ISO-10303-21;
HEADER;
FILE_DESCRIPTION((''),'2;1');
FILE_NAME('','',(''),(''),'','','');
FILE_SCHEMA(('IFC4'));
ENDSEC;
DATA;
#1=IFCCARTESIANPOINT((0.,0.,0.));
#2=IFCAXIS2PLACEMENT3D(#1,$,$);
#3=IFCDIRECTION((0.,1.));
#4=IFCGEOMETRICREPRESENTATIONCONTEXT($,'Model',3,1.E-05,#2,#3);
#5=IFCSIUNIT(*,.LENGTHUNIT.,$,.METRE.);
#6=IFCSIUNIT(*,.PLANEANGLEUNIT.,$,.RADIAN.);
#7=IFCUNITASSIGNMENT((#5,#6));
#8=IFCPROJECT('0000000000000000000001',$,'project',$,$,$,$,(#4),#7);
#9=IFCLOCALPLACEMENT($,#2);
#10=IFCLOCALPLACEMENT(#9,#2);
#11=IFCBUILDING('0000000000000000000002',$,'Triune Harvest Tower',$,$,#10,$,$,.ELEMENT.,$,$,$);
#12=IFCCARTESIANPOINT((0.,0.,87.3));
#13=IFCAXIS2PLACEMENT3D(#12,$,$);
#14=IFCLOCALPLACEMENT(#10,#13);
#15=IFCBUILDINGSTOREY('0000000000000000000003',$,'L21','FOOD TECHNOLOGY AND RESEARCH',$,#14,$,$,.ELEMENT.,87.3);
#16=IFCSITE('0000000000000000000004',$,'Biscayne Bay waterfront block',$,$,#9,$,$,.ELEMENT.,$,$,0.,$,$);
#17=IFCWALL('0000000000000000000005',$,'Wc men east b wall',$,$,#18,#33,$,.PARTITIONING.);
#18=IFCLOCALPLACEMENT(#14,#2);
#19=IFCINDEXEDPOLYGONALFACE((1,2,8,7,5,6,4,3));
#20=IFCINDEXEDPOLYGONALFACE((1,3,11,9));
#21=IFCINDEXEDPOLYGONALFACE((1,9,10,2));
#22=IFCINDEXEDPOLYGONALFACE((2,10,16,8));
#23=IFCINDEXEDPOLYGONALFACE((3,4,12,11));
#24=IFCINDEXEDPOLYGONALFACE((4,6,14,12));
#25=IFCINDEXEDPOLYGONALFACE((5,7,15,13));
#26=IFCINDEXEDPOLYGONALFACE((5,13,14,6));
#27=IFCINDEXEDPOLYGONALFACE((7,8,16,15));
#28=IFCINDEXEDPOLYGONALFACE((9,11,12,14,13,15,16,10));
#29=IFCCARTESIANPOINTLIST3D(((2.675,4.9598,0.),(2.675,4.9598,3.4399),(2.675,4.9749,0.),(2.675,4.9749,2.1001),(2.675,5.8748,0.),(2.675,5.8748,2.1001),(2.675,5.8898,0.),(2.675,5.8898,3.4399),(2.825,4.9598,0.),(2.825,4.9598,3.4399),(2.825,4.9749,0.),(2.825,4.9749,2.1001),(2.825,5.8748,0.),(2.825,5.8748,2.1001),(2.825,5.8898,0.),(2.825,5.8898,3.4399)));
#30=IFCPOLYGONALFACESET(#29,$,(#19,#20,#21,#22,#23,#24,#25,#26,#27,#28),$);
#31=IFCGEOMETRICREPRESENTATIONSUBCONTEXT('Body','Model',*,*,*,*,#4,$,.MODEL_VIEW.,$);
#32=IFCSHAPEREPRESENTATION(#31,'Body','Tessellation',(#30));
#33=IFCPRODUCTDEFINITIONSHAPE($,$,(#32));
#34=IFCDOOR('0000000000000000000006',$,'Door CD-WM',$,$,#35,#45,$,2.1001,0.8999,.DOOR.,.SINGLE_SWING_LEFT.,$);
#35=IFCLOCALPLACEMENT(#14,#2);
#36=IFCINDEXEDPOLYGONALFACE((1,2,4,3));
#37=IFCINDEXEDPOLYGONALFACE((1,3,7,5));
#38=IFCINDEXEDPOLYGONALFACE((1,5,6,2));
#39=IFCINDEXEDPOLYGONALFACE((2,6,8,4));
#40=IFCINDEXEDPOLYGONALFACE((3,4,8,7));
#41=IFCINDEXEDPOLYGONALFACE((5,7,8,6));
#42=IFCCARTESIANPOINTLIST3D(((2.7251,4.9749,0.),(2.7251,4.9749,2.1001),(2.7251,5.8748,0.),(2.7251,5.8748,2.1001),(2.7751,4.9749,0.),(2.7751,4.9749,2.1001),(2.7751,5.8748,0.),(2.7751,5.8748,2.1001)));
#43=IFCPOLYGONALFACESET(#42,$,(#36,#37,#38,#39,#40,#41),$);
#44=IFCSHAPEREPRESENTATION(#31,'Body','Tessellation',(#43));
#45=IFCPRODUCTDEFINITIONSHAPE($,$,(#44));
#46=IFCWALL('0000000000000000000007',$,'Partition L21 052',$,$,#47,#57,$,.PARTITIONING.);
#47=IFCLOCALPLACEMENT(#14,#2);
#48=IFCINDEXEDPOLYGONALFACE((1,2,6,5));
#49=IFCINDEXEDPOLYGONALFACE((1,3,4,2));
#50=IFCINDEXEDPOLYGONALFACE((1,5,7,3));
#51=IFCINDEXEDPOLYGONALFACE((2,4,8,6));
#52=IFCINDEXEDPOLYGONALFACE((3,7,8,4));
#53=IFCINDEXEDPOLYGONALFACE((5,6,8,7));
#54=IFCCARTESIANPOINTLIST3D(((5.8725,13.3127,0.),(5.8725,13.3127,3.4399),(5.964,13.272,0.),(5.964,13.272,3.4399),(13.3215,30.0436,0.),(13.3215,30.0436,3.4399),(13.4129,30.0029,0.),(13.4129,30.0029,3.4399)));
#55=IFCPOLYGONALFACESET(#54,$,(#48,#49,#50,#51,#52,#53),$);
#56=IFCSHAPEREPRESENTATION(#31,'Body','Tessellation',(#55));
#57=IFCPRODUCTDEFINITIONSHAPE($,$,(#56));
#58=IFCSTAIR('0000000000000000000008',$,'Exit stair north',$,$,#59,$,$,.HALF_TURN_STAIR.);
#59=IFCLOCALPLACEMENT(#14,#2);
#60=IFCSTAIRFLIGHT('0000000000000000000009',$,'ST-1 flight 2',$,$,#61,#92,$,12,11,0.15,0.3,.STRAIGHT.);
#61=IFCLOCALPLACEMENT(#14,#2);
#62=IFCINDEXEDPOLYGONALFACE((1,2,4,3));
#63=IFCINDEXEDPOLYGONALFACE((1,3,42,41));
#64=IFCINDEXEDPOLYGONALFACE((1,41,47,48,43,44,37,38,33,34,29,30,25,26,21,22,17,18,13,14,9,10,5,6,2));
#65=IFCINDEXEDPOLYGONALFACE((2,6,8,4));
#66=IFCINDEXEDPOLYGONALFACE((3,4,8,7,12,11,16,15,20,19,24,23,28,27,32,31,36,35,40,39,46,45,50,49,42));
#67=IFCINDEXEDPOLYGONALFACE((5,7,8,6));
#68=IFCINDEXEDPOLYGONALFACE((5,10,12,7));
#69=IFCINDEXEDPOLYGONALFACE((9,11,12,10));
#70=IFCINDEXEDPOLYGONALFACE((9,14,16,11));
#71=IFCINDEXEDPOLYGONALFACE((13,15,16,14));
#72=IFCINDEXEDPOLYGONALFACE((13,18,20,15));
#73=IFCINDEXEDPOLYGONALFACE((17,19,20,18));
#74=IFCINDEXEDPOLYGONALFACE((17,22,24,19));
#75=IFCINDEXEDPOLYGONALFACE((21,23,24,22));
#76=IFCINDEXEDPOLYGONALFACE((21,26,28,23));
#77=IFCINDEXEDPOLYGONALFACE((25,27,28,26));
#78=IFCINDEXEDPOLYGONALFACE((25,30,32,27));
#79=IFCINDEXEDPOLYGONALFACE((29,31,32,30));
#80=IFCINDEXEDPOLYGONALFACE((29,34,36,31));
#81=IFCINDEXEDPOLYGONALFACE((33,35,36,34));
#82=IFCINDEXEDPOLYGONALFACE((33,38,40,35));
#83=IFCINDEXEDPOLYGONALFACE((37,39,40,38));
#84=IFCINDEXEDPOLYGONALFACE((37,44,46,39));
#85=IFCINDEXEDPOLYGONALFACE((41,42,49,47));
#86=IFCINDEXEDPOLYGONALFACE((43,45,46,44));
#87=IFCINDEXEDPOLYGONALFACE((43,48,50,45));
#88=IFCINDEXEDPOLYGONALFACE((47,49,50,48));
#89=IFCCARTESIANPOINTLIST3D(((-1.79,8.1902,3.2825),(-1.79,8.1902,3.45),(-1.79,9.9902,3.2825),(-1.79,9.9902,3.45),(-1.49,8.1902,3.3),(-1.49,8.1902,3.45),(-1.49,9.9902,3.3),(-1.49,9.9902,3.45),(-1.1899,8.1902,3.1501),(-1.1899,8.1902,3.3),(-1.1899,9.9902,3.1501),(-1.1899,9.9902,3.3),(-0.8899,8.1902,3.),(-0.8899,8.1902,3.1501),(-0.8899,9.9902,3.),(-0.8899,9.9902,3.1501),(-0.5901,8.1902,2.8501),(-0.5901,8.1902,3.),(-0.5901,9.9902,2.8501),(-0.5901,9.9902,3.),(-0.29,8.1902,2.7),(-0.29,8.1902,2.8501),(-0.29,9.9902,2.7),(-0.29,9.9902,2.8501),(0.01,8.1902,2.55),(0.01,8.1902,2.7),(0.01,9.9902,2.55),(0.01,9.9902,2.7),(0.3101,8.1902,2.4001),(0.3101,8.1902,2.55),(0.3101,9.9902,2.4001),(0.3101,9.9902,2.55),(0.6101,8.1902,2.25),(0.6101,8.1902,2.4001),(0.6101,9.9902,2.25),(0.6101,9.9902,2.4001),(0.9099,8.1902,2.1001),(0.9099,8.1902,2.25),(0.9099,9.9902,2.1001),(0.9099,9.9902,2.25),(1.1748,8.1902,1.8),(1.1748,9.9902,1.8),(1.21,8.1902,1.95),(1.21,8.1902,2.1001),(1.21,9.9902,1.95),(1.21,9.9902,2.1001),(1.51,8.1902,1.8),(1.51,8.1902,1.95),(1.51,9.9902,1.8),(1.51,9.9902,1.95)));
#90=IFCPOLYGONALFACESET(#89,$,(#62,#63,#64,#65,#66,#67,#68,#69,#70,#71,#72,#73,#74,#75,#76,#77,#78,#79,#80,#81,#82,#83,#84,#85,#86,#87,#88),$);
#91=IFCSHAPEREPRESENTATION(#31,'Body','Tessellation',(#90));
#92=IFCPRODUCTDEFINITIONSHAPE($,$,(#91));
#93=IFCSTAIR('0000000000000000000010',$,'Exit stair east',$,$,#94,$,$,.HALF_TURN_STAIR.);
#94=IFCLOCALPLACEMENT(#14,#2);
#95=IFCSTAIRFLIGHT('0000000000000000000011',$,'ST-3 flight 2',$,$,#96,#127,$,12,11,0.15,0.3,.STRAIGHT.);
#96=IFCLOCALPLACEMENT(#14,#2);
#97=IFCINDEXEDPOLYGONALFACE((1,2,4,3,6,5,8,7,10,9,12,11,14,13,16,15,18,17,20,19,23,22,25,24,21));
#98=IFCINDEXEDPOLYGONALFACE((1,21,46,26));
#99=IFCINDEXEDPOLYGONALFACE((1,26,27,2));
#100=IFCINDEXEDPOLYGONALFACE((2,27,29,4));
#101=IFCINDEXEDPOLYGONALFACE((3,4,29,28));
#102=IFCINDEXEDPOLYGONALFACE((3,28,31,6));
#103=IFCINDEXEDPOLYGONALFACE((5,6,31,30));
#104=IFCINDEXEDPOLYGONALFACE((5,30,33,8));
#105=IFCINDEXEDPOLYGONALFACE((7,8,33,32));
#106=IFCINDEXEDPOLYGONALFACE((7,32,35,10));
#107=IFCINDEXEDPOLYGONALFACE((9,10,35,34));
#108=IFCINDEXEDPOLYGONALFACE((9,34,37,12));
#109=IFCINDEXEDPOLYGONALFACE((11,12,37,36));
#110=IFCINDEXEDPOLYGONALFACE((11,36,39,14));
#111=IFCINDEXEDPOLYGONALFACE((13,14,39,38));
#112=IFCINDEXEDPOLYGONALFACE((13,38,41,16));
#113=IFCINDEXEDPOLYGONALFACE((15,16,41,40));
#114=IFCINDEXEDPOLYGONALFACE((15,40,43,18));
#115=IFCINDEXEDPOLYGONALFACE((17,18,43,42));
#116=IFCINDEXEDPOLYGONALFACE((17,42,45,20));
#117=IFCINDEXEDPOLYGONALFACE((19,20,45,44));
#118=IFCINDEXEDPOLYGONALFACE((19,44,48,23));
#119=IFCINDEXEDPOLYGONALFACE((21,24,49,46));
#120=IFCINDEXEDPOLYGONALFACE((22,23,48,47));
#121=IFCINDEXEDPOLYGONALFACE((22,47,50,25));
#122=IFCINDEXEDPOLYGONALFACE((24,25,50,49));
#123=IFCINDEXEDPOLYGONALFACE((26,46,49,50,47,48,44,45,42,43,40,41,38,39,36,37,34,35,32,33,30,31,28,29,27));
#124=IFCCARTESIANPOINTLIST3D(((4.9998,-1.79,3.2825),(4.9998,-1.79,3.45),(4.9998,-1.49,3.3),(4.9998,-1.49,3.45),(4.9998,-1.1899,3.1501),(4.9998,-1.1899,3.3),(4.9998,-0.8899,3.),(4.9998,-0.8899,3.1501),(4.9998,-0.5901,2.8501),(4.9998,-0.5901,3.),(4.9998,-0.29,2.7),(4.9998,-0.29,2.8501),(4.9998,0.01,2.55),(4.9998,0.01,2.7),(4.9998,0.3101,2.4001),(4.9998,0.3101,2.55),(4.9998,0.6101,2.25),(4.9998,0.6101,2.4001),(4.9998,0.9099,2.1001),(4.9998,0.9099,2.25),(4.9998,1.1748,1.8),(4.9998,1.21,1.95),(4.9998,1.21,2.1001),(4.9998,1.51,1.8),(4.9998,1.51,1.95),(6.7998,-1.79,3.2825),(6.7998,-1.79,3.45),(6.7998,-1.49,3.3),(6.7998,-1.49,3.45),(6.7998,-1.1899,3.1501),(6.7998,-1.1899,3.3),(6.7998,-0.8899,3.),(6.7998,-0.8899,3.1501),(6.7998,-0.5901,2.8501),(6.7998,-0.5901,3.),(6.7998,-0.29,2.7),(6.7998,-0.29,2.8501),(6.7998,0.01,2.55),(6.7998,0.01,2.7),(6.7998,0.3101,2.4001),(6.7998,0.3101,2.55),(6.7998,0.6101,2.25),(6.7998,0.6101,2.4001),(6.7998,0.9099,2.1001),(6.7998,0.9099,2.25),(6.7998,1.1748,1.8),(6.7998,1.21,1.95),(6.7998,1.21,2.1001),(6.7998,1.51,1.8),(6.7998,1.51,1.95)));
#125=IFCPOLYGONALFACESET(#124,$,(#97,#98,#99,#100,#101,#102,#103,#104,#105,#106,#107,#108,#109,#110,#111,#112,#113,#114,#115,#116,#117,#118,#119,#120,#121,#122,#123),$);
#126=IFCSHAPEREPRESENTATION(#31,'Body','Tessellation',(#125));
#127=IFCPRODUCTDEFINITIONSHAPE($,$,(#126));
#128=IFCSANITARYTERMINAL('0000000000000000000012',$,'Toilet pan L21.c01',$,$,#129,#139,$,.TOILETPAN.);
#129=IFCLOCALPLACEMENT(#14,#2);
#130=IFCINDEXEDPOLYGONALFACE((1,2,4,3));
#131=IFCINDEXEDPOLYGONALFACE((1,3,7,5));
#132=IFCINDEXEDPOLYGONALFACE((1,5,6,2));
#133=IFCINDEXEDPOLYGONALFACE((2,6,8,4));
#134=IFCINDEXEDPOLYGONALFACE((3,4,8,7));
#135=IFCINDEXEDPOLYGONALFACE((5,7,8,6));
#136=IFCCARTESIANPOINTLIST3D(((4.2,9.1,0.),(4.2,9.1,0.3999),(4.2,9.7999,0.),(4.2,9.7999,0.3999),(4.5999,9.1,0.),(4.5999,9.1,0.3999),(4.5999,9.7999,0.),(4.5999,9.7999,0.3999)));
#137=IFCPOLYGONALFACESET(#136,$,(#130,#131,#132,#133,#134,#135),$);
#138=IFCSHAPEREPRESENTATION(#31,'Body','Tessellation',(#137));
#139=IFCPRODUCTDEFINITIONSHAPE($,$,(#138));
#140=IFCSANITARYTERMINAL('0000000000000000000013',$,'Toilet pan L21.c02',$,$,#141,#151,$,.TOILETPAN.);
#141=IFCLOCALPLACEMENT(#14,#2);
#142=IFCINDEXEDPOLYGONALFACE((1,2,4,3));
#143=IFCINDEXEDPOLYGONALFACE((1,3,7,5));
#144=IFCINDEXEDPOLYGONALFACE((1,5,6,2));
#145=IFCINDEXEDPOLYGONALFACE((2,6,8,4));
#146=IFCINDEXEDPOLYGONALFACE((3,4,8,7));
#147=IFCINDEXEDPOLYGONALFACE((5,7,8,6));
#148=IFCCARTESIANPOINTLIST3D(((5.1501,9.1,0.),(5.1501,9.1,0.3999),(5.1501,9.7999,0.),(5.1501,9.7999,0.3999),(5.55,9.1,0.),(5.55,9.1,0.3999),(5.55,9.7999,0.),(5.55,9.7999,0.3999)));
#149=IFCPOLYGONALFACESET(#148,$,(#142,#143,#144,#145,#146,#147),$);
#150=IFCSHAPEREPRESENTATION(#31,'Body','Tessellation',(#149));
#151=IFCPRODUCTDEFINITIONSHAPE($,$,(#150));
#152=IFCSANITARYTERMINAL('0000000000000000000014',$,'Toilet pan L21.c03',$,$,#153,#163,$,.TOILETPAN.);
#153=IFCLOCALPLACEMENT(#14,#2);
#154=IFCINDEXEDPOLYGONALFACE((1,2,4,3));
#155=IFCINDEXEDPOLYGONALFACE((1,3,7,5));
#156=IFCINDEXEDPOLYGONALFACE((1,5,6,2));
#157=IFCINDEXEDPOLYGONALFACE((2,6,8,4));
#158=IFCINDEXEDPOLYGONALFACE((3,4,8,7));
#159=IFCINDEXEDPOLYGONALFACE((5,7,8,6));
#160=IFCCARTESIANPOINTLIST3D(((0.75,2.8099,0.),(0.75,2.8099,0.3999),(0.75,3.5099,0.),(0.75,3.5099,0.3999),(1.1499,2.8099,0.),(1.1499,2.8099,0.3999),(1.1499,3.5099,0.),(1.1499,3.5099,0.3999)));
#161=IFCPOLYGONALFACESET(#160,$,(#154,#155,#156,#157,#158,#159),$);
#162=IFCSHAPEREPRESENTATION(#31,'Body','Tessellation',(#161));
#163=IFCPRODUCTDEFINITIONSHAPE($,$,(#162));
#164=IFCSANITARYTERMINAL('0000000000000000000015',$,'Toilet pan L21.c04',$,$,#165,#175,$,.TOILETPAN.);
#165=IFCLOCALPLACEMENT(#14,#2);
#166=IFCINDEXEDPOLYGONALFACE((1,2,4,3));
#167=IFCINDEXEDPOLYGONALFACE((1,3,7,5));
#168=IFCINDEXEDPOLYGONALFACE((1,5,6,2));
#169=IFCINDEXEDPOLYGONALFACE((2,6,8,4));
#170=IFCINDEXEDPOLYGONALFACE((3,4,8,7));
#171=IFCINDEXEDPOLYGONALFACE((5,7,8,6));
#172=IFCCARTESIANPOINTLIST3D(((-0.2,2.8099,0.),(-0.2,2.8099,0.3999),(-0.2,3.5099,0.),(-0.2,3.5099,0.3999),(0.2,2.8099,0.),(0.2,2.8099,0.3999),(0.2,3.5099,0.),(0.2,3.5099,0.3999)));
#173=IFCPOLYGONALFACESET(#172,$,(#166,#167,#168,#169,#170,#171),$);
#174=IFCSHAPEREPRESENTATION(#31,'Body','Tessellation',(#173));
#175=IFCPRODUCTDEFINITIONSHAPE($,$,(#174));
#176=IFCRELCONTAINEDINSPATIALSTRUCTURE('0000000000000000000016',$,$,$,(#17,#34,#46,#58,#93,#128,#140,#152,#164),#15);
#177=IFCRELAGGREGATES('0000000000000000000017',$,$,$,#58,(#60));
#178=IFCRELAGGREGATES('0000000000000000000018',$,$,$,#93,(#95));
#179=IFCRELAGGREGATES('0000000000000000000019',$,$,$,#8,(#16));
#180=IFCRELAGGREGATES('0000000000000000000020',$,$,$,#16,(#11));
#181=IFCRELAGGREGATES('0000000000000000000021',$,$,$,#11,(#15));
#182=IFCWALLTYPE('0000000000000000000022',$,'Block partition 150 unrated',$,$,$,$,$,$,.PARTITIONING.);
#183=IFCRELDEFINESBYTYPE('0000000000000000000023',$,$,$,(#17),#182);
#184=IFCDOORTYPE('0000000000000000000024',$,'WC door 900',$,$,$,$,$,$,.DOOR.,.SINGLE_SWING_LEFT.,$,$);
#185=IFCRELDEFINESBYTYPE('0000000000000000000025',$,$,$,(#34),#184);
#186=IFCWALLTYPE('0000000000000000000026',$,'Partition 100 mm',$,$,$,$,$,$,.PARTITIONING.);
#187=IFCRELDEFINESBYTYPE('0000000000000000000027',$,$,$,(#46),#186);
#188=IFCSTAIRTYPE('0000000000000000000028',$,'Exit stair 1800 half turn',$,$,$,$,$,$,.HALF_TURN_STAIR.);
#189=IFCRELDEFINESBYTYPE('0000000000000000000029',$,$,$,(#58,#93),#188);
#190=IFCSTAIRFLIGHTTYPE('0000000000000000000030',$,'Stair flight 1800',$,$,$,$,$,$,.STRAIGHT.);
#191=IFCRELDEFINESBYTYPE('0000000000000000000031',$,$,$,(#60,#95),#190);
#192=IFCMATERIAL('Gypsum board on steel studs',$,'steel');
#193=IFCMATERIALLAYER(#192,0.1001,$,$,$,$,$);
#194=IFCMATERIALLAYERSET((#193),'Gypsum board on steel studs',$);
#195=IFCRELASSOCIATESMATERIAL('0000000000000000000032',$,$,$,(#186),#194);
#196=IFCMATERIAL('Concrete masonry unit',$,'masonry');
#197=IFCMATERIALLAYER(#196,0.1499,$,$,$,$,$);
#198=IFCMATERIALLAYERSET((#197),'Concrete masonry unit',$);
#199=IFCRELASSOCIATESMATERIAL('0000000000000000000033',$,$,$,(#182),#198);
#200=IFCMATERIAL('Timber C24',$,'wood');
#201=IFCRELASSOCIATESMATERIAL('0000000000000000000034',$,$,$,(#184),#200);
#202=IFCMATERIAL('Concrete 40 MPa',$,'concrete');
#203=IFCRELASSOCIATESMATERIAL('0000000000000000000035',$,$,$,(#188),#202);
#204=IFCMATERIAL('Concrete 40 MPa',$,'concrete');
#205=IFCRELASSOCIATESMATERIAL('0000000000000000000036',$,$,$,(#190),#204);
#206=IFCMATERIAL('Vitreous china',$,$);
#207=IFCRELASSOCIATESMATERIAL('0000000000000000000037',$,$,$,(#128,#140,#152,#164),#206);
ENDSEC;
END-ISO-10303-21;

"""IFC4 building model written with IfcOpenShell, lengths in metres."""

from ifc_helpers import new_model, si_unit, direction, frame, frame_2d, origin, origin_2d, place, context, subcontext, project, spatial, polyline, rectangle, outline, extrude, source, transform, mapped, material, layer, layer_set, type_object, element, fill, aggregate, save


model = new_model("IFC4")

# Units and contexts
model_context = context("Model", 3, precision=1e-05, world=origin(), true_north=direction((0.0, 1.0)))
body_context = subcontext(model_context, "Body", "Model", "MODEL_VIEW")
ifc_project = project(units=[si_unit("LENGTHUNIT", "METRE"), si_unit("PLANEANGLEUNIT", "RADIAN")], contexts=[model_context])

# Site, building, storey
site_placement = place(None, origin())
site = spatial("IfcSite", under=ifc_project, at=site_placement, Name="Biscayne Bay waterfront block", CompositionType="ELEMENT", RefElevation=0.0)
building_placement = place(site_placement, origin())
building = spatial("IfcBuilding", under=site, at=building_placement, Name="Triune Harvest Tower", CompositionType="ELEMENT")
storey_placement = place(building_placement, frame((0.0, 0.0, 87.3)))
storey = spatial("IfcBuildingStorey", under=building, at=storey_placement, Name="L21", Description="FOOD TECHNOLOGY AND RESEARCH", CompositionType="ELEMENT", Elevation=87.3)

# Shared definitions
ifc_material_1 = material(Name="Gypsum board on steel studs", Category="steel")
ifc_layer_1 = layer(ifc_material_1, 0.1001)
ifc_layer_set_1 = layer_set([ifc_layer_1], Name="Gypsum board on steel studs")
wall_type_1 = type_object("IfcWallType", Name="Partition 100 mm", PredefinedType="PARTITIONING", material=ifc_layer_set_1)

# Wall, opening, door
ifc_material_2 = material(Name="Concrete masonry unit", Category="masonry")
ifc_layer_2 = layer(ifc_material_2, 0.1499)
ifc_layer_set_2 = layer_set([ifc_layer_2], Name="Concrete masonry unit")
wall_type_2 = type_object("IfcWallType", Name="Block partition 150 unrated", PredefinedType="PARTITIONING", material=ifc_layer_set_2)
ifc_material_3 = material(Name="Timber C24", Category="wood")
door_type_1 = type_object("IfcDoorType", Name="WC door 900", OperationType="SINGLE_SWING_LEFT", PredefinedType="DOOR", material=ifc_material_3)
shared_shape_1 = source(origin(), body_context, "Body", "SweptSolid", [
    extrude(rectangle(XDim=0.9299, YDim=0.1499, at=frame_2d((0.4648, 0.0))), origin(), (0.0, 0.0, 1.0), 3.4399),
])
wall_1_placement = place(storey_placement, frame((2.75, 4.96, 0.0), z_axis=(0.0, 0.0, 1.0), x_axis=(0.0, 1.0, 0.0)))
wall_1 = element("IfcWall", 1, at=wall_1_placement, inside=storey, type_object=wall_type_2, Name="Wc men east b wall", PredefinedType="PARTITIONING", context=body_context, shape_type="MappedRepresentation", body=[
    mapped(shared_shape_1, transform((0.0, 0.0, 0.0), scale=1.0)),
])
opening_1_placement = place(wall_1_placement, frame((0.0149, 0.0, 0.0)))
opening_1 = element("IfcOpeningElement", 2, at=opening_1_placement, cuts=wall_1, PredefinedType="OPENING", context=body_context, shape_type="SweptSolid", body=[
    extrude(rectangle(XDim=0.8999, YDim=2.1001, at=frame_2d((0.45, 1.05))), frame((0.0, 0.085, 0.0), z_axis=(0.0, -1.0, 0.0), x_axis=(1.0, 0.0, 0.0)), (0.0, 0.0, 1.0), 0.1699),
])
door_1_placement = place(opening_1_placement, origin())
door_1 = element("IfcDoor", 3, at=door_1_placement, inside=storey, type_object=door_type_1, Name="Door CD-WM", OperationType="SINGLE_SWING_LEFT", OverallHeight=2.1001, OverallWidth=0.8999, PredefinedType="DOOR", context=body_context, shape_type="SweptSolid", body=[
    extrude(rectangle(XDim=0.8999, YDim=2.1001, at=frame_2d((0.45, 1.05))), frame((0.0, 0.0249, 0.0), z_axis=(0.0, -1.0, 0.0), x_axis=(1.0, 0.0, 0.0)), (0.0, 0.0, 1.0), 0.05),
])
fill(opening_1, door_1)

# Wall
shared_shape_2 = source(origin(), body_context, "Body", "SweptSolid", [
    extrude(rectangle(XDim=18.3142, YDim=0.1001, at=frame_2d((9.1572, 0.0))), origin(), (0.0, 0.0, 1.0), 3.4399),
])
wall_2_placement = place(storey_placement, frame((5.9182, 13.2922, 0.0), z_axis=(0.0, 0.0, 1.0), x_axis=(0.406731, 0.913548, 0.0)))
element("IfcWall", 4, at=wall_2_placement, inside=storey, type_object=wall_type_1, Name="Partition L21 052", PredefinedType="PARTITIONING", context=body_context, shape_type="MappedRepresentation", body=[
    mapped(shared_shape_2, transform((0.0, 0.0, 0.0), scale=1.0)),
])

# Stairs, stair flights
ifc_material_4 = material(Name="Concrete 40 MPa", Category="concrete")
stair_type = type_object("IfcStairType", Name="Exit stair 1800 half turn", PredefinedType="HALF_TURN_STAIR", material=ifc_material_4)
stair_1_placement = place(storey_placement, origin())
stair_1 = element("IfcStair", 5, at=stair_1_placement, inside=storey, type_object=stair_type, Name="Exit stair north", PredefinedType="HALF_TURN_STAIR")
ifc_material_5 = material(Name="Concrete 40 MPa", Category="concrete")
stair_flight_type = type_object("IfcStairFlightType", Name="Stair flight 1800", PredefinedType="STRAIGHT", material=ifc_material_5)
shared_shape_3 = source(origin(), body_context, "Body", "SweptSolid", [
    extrude(outline(polyline([(0.0, 0.0), (0.0, 0.1499), (0.3, 0.1499), (0.3, 0.3), (0.6001, 0.3), (0.6001, 0.45), (0.8999, 0.45), (0.8999, 0.6001), (1.2, 0.6001), (1.2, 0.75), (1.5, 0.75), (1.5, 0.8999), (1.8, 0.8999), (1.8, 1.05), (2.1001, 1.05), (2.1001, 1.2), (2.3999, 1.2), (2.3999, 1.3501), (2.7, 1.3501), (2.7, 1.5), (3.0, 1.5), (3.0, 1.6499), (3.3, 1.6499), (3.3, 1.8), (3.3, 1.4824), (0.3352, 0.0), (0.0, 0.0)])), frame((0.0, 0.8999, 0.0), z_axis=(0.0, -1.0, 0.0), x_axis=(1.0, 0.0, 0.0)), (0.0, 0.0, 1.0), 1.8),
])
stair_flight_1_placement = place(storey_placement, frame((1.51, 9.0901, 1.8), z_axis=(0.0, 0.0, 1.0), x_axis=(-1.0, 0.0, 0.0)))
stair_flight_1 = element("IfcStairFlight", 6, at=stair_flight_1_placement, type_object=stair_flight_type, Name="ST-1 flight 2", NumberOfRisers=12, NumberOfTreads=11, PredefinedType="STRAIGHT", RiserHeight=0.15, TreadLength=0.3, context=body_context, shape_type="MappedRepresentation", body=[
    mapped(shared_shape_3, transform((0.0, 0.0, 0.0), scale=1.0)),
])
aggregate(stair_1, [stair_flight_1])
stair_2_placement = place(storey_placement, origin())
stair_2 = element("IfcStair", 7, at=stair_2_placement, inside=storey, type_object=stair_type, Name="Exit stair east", PredefinedType="HALF_TURN_STAIR")
stair_flight_2_placement = place(storey_placement, frame((5.8999, 1.51, 1.8), z_axis=(0.0, 0.0, 1.0), x_axis=(0.0, -1.0, 0.0)))
stair_flight_2 = element("IfcStairFlight", 8, at=stair_flight_2_placement, type_object=stair_flight_type, Name="ST-3 flight 2", NumberOfRisers=12, NumberOfTreads=11, PredefinedType="STRAIGHT", RiserHeight=0.15, TreadLength=0.3, context=body_context, shape_type="MappedRepresentation", body=[
    mapped(shared_shape_3, transform((0.0, 0.0, 0.0), scale=1.0)),
])
aggregate(stair_2, [stair_flight_2])

# Sanitary terminals
ifc_material_6 = material(Name="Vitreous china")
shared_shape_4 = source(origin(), body_context, "Body", "SweptSolid", [
    extrude(rectangle(XDim=0.3999, YDim=0.7, at=origin_2d()), origin(), (0.0, 0.0, 1.0), 0.3999),
])
for number, where, z_axis, x_axis, name in (
    (9, (4.3999, 9.45, 0.0), (0.0, 0.0, 1.0), (1.0, 0.0, 0.0), "Toilet pan L21.c01"),
    (10, (5.3501, 9.45, 0.0), (0.0, 0.0, 1.0), (1.0, 0.0, 0.0), "Toilet pan L21.c02"),
    (11, (0.95, 3.1599, 0.0), (0.0, 0.0, 1.0), (-1.0, 0.0, 0.0), "Toilet pan L21.c03"),
    (12, (0.0, 3.1599, 0.0), (0.0, 0.0, 1.0), (-1.0, 0.0, 0.0), "Toilet pan L21.c04"),
):
    element("IfcSanitaryTerminal", number, at=place(storey_placement, frame(where, z_axis=z_axis, x_axis=x_axis)), inside=storey, material=ifc_material_6, Name=name, PredefinedType="TOILETPAN", context=body_context, shape_type="MappedRepresentation", body=[
        mapped(shared_shape_4, transform((0.0, 0.0, 0.0), scale=1.0)),
    ])

save(model, "model.ifc")
